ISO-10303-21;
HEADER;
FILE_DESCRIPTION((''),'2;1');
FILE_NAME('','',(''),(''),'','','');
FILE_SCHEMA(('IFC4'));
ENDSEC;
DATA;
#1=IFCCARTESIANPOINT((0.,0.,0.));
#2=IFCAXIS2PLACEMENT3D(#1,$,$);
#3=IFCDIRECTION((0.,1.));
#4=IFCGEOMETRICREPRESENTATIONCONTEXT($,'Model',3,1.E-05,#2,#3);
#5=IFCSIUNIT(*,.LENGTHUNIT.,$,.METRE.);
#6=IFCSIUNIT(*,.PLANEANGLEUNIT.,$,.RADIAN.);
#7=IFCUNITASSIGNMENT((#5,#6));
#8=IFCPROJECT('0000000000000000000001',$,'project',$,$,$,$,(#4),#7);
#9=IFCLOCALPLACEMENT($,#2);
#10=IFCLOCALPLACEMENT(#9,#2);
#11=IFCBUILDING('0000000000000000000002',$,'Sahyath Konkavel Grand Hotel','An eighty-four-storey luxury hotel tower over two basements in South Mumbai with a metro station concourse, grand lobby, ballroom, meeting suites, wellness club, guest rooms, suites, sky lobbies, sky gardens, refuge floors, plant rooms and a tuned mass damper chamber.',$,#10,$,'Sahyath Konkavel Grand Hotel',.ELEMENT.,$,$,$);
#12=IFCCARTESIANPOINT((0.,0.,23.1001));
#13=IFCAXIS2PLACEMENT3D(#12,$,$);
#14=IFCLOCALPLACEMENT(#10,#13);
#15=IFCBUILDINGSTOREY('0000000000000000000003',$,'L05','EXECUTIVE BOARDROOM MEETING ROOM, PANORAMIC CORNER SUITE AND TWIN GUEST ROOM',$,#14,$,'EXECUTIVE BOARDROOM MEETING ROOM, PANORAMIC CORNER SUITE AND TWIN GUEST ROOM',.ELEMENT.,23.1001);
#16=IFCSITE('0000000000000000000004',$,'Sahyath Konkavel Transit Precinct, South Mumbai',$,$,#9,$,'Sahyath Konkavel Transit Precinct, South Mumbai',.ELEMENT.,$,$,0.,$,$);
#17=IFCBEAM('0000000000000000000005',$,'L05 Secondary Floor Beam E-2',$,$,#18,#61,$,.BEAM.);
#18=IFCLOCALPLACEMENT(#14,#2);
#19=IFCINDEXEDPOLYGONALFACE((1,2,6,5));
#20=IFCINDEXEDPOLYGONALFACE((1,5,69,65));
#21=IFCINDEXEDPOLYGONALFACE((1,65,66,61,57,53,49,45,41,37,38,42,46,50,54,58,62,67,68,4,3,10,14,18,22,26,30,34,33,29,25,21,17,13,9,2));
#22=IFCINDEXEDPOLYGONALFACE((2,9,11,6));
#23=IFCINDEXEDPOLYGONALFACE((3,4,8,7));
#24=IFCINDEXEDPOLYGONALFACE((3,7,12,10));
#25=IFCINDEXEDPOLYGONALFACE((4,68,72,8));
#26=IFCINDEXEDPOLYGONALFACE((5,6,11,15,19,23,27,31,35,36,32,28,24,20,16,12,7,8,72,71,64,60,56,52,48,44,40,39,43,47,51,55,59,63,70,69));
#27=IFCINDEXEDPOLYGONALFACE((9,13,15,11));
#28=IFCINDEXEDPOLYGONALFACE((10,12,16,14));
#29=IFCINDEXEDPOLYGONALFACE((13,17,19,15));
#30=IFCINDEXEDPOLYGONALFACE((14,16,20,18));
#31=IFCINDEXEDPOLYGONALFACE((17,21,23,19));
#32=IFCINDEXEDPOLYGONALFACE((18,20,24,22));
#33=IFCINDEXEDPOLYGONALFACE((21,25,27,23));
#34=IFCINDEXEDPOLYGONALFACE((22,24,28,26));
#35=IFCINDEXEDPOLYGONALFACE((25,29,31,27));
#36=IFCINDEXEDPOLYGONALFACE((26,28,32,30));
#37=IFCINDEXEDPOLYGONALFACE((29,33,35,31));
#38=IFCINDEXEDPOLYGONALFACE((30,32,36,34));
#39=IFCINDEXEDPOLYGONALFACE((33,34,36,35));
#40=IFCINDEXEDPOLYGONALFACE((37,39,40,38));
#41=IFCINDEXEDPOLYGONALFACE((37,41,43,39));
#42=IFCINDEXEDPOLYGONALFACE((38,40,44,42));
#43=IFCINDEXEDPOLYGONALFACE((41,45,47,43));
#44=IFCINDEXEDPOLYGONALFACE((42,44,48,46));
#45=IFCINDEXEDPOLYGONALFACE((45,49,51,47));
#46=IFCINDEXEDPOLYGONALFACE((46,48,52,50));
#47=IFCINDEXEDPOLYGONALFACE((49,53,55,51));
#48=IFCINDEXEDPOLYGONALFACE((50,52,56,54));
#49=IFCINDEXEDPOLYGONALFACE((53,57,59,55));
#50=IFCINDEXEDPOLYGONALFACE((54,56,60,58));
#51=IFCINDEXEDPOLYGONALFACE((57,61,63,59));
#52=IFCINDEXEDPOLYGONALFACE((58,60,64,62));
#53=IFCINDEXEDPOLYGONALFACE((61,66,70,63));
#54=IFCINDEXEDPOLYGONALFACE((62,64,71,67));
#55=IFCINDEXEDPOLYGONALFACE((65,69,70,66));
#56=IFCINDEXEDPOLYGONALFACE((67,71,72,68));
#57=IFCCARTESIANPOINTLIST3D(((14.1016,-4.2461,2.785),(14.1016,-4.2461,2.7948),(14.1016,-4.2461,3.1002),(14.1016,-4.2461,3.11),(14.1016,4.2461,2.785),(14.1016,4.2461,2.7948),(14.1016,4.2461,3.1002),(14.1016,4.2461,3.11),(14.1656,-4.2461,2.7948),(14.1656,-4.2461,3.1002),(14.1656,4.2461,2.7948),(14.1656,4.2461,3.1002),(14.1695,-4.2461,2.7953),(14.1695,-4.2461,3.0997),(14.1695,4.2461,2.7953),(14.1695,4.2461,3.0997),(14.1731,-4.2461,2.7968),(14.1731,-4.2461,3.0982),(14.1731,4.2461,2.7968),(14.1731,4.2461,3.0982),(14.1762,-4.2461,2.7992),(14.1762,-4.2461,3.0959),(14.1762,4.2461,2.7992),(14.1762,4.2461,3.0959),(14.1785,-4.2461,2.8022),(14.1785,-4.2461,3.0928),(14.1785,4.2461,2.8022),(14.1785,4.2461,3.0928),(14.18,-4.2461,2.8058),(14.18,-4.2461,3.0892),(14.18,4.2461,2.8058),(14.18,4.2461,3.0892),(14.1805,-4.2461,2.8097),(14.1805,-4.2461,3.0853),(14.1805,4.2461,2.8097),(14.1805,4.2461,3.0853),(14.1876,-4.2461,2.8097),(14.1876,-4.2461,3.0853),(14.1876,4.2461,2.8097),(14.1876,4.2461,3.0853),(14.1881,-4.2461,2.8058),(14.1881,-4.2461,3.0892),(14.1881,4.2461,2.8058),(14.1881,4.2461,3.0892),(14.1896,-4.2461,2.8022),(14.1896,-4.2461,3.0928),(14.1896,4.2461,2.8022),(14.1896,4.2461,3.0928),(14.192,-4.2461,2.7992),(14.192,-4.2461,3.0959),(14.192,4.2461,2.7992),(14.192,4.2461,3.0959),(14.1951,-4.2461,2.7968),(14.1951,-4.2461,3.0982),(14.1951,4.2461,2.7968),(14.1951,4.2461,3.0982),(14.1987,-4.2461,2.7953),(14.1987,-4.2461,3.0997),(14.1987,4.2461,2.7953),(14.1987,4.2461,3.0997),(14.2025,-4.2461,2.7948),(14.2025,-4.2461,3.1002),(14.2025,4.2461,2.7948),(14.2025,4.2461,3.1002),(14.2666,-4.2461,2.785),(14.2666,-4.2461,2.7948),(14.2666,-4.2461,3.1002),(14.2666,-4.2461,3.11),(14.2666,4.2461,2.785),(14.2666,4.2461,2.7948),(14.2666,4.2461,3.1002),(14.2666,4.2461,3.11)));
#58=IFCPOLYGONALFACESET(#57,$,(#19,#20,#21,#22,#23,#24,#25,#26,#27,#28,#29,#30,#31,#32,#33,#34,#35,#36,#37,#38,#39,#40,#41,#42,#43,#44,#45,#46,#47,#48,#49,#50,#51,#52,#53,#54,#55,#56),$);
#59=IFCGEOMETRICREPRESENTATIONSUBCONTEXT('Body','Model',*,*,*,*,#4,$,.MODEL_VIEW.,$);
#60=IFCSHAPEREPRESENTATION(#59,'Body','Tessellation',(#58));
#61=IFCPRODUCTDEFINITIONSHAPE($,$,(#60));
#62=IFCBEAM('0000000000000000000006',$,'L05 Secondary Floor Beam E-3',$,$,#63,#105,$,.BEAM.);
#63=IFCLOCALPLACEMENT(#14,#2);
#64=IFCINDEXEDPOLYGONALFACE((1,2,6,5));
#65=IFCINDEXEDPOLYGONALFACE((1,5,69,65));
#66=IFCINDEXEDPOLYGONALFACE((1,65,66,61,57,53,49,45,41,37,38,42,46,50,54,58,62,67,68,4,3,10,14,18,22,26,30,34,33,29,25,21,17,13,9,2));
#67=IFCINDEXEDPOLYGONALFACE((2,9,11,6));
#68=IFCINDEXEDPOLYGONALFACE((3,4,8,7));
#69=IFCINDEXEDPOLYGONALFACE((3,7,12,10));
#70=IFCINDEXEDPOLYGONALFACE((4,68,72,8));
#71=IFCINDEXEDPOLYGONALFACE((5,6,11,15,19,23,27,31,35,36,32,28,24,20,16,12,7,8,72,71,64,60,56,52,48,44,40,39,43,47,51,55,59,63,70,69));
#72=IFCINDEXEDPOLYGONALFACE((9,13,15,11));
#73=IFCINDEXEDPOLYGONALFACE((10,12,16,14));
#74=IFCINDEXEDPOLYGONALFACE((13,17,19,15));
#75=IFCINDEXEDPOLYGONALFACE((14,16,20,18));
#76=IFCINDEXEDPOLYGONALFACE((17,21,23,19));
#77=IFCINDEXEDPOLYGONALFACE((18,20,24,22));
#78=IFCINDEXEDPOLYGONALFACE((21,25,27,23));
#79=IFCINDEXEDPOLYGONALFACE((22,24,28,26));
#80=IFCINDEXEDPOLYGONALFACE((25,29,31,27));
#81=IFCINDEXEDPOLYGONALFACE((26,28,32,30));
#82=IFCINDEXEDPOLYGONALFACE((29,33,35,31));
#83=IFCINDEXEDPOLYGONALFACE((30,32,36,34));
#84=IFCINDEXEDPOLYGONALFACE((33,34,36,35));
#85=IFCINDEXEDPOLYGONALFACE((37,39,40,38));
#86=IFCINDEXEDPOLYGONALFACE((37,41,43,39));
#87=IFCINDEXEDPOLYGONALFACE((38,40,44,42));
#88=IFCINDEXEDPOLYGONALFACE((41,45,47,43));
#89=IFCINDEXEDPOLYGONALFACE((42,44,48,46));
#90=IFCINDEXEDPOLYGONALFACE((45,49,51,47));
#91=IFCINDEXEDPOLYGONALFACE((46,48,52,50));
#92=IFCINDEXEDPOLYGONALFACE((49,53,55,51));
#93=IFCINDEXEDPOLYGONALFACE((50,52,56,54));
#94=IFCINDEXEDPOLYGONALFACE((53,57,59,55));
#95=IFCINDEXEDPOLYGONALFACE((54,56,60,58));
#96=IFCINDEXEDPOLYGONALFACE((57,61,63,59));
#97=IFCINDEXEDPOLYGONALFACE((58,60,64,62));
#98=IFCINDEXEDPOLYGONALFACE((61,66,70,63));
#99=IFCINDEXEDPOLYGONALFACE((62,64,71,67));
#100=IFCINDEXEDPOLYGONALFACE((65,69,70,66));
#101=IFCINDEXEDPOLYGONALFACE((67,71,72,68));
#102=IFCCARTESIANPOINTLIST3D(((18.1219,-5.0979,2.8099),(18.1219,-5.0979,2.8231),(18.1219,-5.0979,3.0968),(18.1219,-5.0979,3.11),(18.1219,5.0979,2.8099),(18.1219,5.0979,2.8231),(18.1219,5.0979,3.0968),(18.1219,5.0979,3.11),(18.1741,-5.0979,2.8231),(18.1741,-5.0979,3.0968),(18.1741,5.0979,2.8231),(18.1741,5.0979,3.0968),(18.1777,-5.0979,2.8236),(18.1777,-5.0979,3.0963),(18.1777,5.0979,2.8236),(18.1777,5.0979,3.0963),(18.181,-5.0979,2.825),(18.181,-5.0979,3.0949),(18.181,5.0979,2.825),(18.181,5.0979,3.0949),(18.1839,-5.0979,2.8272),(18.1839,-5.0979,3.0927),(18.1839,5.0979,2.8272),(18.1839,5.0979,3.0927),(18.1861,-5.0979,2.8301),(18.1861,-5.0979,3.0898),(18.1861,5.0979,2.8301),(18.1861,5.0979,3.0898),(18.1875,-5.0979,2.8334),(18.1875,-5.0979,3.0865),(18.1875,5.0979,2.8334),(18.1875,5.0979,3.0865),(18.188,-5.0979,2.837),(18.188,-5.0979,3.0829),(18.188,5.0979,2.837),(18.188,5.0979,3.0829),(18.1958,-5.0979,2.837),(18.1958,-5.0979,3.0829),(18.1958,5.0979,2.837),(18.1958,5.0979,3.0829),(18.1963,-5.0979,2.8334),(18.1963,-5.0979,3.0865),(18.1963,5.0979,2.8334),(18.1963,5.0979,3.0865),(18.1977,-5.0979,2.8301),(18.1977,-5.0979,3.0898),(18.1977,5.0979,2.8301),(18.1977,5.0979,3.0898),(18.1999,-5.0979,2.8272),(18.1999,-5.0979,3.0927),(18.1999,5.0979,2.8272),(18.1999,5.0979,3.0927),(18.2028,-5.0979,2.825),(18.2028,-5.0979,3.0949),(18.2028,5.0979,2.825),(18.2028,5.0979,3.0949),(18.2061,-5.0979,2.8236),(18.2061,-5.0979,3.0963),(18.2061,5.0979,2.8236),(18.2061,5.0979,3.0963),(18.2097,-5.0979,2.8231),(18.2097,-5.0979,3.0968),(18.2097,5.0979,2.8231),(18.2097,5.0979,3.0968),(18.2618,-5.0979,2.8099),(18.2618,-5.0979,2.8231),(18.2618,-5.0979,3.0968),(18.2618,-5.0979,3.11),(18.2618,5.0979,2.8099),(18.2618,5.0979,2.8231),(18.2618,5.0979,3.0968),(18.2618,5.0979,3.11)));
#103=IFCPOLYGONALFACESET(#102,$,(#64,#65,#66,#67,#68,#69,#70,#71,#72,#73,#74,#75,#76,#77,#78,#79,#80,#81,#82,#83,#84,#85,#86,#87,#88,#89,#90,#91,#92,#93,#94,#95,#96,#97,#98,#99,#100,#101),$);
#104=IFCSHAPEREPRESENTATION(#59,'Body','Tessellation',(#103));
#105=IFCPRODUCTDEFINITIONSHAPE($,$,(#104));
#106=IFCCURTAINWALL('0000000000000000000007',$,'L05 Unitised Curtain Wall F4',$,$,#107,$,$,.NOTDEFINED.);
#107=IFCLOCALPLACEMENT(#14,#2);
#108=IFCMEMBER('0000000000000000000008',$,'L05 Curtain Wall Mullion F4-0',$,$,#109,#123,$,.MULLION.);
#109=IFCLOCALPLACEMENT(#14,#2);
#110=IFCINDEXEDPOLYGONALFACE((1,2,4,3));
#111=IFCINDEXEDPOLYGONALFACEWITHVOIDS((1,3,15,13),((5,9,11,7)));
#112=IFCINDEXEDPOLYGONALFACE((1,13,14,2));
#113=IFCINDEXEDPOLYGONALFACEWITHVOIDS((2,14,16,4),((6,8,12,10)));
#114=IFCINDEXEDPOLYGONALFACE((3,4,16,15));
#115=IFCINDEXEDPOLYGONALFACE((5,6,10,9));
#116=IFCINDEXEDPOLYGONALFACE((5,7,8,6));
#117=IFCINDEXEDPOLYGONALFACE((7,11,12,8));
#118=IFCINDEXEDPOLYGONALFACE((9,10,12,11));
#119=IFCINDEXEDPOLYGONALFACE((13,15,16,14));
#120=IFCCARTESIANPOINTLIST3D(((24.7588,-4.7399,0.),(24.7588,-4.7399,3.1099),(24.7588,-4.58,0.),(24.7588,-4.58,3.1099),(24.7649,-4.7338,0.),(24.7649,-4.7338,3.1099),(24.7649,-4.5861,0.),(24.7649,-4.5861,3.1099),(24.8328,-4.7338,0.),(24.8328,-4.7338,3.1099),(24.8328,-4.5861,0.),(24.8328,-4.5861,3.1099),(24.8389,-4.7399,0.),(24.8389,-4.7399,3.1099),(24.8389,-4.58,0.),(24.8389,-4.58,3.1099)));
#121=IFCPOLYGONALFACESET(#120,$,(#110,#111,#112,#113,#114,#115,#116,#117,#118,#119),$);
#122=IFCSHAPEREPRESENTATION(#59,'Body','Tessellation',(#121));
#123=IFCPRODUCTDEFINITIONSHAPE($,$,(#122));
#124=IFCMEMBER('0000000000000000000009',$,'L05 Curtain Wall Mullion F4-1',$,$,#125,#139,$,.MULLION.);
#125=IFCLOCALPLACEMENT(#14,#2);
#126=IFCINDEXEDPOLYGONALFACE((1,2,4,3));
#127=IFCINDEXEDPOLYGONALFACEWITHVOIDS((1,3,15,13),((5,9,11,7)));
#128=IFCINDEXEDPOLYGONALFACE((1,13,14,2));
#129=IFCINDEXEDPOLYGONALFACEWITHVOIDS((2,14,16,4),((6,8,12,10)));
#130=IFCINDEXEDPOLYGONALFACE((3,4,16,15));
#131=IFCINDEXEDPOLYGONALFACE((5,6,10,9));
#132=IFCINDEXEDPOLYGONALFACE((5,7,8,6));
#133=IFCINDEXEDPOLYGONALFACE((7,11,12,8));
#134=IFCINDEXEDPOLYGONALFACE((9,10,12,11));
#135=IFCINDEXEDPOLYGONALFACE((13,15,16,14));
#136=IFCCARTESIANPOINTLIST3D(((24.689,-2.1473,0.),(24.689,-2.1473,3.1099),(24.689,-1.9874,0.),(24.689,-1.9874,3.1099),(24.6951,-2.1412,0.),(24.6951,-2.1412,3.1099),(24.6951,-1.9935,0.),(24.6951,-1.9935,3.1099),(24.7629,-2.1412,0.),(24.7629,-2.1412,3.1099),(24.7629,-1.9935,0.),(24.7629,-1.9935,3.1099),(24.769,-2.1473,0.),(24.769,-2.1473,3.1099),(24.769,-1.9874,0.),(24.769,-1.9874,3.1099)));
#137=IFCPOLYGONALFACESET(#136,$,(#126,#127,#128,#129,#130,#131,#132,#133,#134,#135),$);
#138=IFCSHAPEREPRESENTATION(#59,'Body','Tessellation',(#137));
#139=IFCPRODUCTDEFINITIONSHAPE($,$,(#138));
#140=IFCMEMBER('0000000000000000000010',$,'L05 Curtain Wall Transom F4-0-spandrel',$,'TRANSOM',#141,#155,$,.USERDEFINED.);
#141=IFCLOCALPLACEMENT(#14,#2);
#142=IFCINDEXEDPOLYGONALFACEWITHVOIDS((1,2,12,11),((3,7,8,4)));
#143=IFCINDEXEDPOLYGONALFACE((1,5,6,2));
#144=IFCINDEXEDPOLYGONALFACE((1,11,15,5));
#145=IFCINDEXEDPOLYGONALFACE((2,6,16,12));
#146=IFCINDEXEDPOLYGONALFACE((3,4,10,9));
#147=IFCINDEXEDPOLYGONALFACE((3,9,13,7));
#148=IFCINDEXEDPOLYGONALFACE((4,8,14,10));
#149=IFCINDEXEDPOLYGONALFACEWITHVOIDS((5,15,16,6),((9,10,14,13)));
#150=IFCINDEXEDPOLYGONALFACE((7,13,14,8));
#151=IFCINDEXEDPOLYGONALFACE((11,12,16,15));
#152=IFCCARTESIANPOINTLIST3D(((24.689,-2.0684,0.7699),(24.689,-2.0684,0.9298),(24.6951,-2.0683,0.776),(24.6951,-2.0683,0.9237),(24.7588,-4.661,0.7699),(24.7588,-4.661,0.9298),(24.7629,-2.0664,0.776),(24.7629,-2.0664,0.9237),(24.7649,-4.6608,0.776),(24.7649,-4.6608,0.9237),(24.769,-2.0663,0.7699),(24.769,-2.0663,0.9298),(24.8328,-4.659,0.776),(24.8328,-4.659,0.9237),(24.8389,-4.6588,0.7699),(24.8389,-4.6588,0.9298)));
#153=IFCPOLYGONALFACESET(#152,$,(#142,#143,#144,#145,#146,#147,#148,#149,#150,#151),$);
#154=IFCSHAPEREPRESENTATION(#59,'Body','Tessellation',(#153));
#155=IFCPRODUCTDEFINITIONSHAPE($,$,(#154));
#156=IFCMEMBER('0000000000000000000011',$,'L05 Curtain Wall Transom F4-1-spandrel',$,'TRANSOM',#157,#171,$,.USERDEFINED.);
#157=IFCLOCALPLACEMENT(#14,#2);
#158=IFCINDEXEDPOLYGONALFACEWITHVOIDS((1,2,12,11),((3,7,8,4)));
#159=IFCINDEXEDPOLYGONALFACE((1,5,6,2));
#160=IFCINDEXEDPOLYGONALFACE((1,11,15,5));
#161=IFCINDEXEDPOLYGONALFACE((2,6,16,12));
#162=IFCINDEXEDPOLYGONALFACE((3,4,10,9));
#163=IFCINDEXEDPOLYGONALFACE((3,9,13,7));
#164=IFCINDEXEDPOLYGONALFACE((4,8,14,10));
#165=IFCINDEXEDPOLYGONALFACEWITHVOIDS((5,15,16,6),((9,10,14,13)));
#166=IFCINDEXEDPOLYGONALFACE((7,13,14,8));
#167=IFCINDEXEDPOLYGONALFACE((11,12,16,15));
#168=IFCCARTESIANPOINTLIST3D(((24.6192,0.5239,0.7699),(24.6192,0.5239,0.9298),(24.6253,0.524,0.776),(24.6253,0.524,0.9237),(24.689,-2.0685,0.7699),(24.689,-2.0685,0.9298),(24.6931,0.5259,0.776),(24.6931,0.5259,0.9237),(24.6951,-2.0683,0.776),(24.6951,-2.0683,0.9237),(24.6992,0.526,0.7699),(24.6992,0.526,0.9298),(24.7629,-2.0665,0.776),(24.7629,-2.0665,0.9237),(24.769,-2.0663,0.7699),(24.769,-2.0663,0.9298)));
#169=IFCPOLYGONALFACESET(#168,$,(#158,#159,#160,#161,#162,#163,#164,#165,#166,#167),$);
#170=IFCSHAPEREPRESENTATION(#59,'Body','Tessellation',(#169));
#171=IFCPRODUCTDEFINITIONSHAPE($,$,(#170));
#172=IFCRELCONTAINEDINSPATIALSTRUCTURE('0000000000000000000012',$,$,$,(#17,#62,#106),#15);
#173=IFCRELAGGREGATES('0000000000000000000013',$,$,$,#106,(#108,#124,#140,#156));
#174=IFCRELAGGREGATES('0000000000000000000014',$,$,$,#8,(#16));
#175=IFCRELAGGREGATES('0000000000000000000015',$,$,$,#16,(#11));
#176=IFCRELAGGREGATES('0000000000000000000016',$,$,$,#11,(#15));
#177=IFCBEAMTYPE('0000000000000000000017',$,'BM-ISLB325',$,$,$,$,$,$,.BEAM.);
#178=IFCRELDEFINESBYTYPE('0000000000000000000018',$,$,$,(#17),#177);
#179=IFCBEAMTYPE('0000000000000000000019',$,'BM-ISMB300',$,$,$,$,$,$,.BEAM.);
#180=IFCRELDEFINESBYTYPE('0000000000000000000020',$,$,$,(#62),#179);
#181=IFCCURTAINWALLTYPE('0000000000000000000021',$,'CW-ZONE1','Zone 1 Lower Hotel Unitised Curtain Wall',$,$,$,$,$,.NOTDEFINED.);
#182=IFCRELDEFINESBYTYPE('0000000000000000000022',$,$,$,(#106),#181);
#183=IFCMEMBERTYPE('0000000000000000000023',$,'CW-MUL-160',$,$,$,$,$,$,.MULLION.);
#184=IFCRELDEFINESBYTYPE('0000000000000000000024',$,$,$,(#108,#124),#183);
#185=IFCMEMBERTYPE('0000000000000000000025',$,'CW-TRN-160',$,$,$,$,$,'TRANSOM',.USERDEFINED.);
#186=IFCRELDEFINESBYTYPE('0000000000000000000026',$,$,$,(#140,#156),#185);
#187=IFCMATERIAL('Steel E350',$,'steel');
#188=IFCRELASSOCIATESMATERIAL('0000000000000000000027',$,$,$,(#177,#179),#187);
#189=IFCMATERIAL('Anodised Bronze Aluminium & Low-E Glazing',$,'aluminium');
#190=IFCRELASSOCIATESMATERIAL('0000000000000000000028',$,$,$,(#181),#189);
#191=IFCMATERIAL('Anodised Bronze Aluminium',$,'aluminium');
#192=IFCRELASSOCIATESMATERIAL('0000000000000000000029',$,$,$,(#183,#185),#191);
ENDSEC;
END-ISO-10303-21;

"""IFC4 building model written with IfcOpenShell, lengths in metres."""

from ifc_helpers import new_model, si_unit, direction, frame, origin, origin_2d, place, context, subcontext, project, spatial, hollow_rectangle, i_section, extrude, source, transform, mapped, material, material_profile, profile_set, type_object, element, aggregate, save


model = new_model("IFC4")

# Units and contexts
model_context = context("Model", 3, precision=1e-05, world=origin(), true_north=direction((0.0, 1.0)))
body_context = subcontext(model_context, "Body", "Model", "MODEL_VIEW")
ifc_project = project(units=[si_unit("LENGTHUNIT", "METRE"), si_unit("PLANEANGLEUNIT", "RADIAN")], contexts=[model_context])

# Site, building, storey
site_placement = place(None, origin())
site = spatial("IfcSite", under=ifc_project, at=site_placement, Name="Sahyath Konkavel Transit Precinct, South Mumbai", LongName="Sahyath Konkavel Transit Precinct, South Mumbai", CompositionType="ELEMENT", RefElevation=0.0)
building_placement = place(site_placement, origin())
building = spatial("IfcBuilding", under=site, at=building_placement, Name="Sahyath Konkavel Grand Hotel", Description="An eighty-four-storey luxury hotel tower over two basements in South Mumbai with a metro station concourse, grand lobby, ballroom, meeting suites, wellness club, guest rooms, suites, sky lobbies, sky gardens, refuge floors, plant rooms and a tuned mass damper chamber.", LongName="Sahyath Konkavel Grand Hotel", CompositionType="ELEMENT")
storey_placement = place(building_placement, frame((0.0, 0.0, 23.1001)))
storey = spatial("IfcBuildingStorey", under=building, at=storey_placement, Name="L05", Description="EXECUTIVE BOARDROOM MEETING ROOM, PANORAMIC CORNER SUITE AND TWIN GUEST ROOM", LongName="EXECUTIVE BOARDROOM MEETING ROOM, PANORAMIC CORNER SUITE AND TWIN GUEST ROOM", CompositionType="ELEMENT", Elevation=23.1001)

# Beams
ifc_material_1 = material(Name="Steel E350", Category="steel")
ifc_material_profile_1 = material_profile(ifc_material_1, i_section(OverallWidth=0.165, OverallDepth=0.325, WebThickness=0.0071, FlangeThickness=0.0098, FilletRadius=0.0149, at=origin_2d()), Name="ISLB 325")
ifc_profile_set_1 = profile_set([ifc_material_profile_1], Name="Steel E350")
beam_type_1 = type_object("IfcBeamType", Name="BM-ISLB325", PredefinedType="BEAM", material=ifc_profile_set_1)
shared_shape_1 = source(origin(), body_context, "Body", "SweptSolid", [
    extrude(i_section(OverallWidth=0.165, OverallDepth=0.325, WebThickness=0.0071, FlangeThickness=0.0098, FilletRadius=0.0149, at=origin_2d()), origin(), (0.0, 0.0, 1.0), 8.4922),
])
beam_1_placement = place(storey_placement, frame((14.1841, -4.2461, 2.9475), z_axis=(0.0, 1.0, 0.0), x_axis=(-1.0, 0.0, 0.0)))
element("IfcBeam", 1, at=beam_1_placement, inside=storey, type_object=beam_type_1, Name="L05 Secondary Floor Beam E-2", PredefinedType="BEAM", context=body_context, shape_type="MappedRepresentation", body=[
    mapped(shared_shape_1, transform((0.0, 0.0, 0.0), scale=1.0)),
])
ifc_material_profile_2 = material_profile(ifc_material_1, i_section(OverallWidth=0.1399, OverallDepth=0.3, WebThickness=0.0078, FlangeThickness=0.0132, FilletRadius=0.0139, at=origin_2d()), Name="ISMB 300")
ifc_profile_set_2 = profile_set([ifc_material_profile_2], Name="Steel E350")
beam_type_2 = type_object("IfcBeamType", Name="BM-ISMB300", PredefinedType="BEAM", material=ifc_profile_set_2)
shared_shape_2 = source(origin(), body_context, "Body", "SweptSolid", [
    extrude(i_section(OverallWidth=0.1399, OverallDepth=0.3, WebThickness=0.0078, FlangeThickness=0.0132, FilletRadius=0.0139, at=origin_2d()), origin(), (0.0, 0.0, 1.0), 10.1958),
])
beam_2_placement = place(storey_placement, frame((18.1919, -5.0979, 2.96), z_axis=(0.0, 1.0, 0.0), x_axis=(-1.0, 0.0, 0.0)))
element("IfcBeam", 2, at=beam_2_placement, inside=storey, type_object=beam_type_2, Name="L05 Secondary Floor Beam E-3", PredefinedType="BEAM", context=body_context, shape_type="MappedRepresentation", body=[
    mapped(shared_shape_2, transform((0.0, 0.0, 0.0), scale=1.0)),
])

# Curtain wall, members
ifc_material_2 = material(Name="Anodised Bronze Aluminium & Low-E Glazing", Category="aluminium")
curtain_wall_type = type_object("IfcCurtainWallType", Name="CW-ZONE1", Description="Zone 1 Lower Hotel Unitised Curtain Wall", PredefinedType="NOTDEFINED", material=ifc_material_2)
curtain_wall_placement = place(storey_placement, origin())
curtain_wall = element("IfcCurtainWall", 3, at=curtain_wall_placement, inside=storey, type_object=curtain_wall_type, Name="L05 Unitised Curtain Wall F4", PredefinedType="NOTDEFINED")
ifc_material_3 = material(Name="Anodised Bronze Aluminium", Category="aluminium")
ifc_material_profile_3 = material_profile(ifc_material_3, hollow_rectangle(XDim=0.0801, YDim=0.1599, WallThickness=0.0061, at=origin_2d()), Name="RHS 160x80x6")
ifc_profile_set_3 = profile_set([ifc_material_profile_3], Name="Anodised Bronze Aluminium")
member_type_1 = type_object("IfcMemberType", Name="CW-MUL-160", PredefinedType="MULLION", material=ifc_profile_set_3)
shared_shape_3 = source(origin(), body_context, "Body", "SweptSolid", [
    extrude(hollow_rectangle(XDim=0.0801, YDim=0.1599, WallThickness=0.0061, at=origin_2d()), origin(), (0.0, 0.0, 1.0), 3.1099),
])
member_1_placement = place(storey_placement, frame((24.7988, -4.6599, 0.0), z_axis=(0.0, 0.0, 1.0), x_axis=(1.0, 0.0, 0.0)))
member_1 = element("IfcMember", 4, at=member_1_placement, type_object=member_type_1, Name="L05 Curtain Wall Mullion F4-0", PredefinedType="MULLION", context=body_context, shape_type="MappedRepresentation", body=[
    mapped(shared_shape_3, transform((0.0, 0.0, 0.0), scale=1.0)),
])
member_2_placement = place(storey_placement, frame((24.729, -2.0674, 0.0), z_axis=(0.0, 0.0, 1.0), x_axis=(1.0, 0.0, 0.0)))
member_2 = element("IfcMember", 5, at=member_2_placement, type_object=member_type_1, Name="L05 Curtain Wall Mullion F4-1", PredefinedType="MULLION", context=body_context, shape_type="MappedRepresentation", body=[
    mapped(shared_shape_3, transform((0.0, 0.0, 0.0), scale=1.0)),
])
ifc_material_profile_4 = material_profile(ifc_material_3, hollow_rectangle(XDim=0.0801, YDim=0.1599, WallThickness=0.0061, at=origin_2d()), Name="RHS 160x80x6")
ifc_profile_set_4 = profile_set([ifc_material_profile_4], Name="Anodised Bronze Aluminium")
member_type_2 = type_object("IfcMemberType", Name="CW-TRN-160", ElementType="TRANSOM", PredefinedType="USERDEFINED", material=ifc_profile_set_4)
shared_shape_4 = source(origin(), body_context, "Body", "SweptSolid", [
    extrude(hollow_rectangle(XDim=0.0801, YDim=0.1599, WallThickness=0.0061, at=origin_2d()), origin(), (0.0, 0.0, 1.0), 2.5935),
])
member_3_placement = place(storey_placement, frame((24.7988, -4.6599, 0.8499), z_axis=(-0.026923, 0.999638, 0.0), x_axis=(-0.999638, -0.026923, 0.0)))
member_3 = element("IfcMember", 6, at=member_3_placement, type_object=member_type_2, Name="L05 Curtain Wall Transom F4-0-spandrel", ObjectType="TRANSOM", PredefinedType="USERDEFINED", context=body_context, shape_type="MappedRepresentation", body=[
    mapped(shared_shape_4, transform((0.0, 0.0, 0.0), scale=1.0)),
])
shared_shape_5 = source(origin(), body_context, "Body", "SweptSolid", [
    extrude(hollow_rectangle(XDim=0.0801, YDim=0.1599, WallThickness=0.0061, at=origin_2d()), origin(), (0.0, 0.0, 1.0), 2.5933),
])
member_4_placement = place(storey_placement, frame((24.729, -2.0674, 0.8499), z_axis=(-0.026926, 0.999637, 0.0), x_axis=(-0.999637, -0.026926, 0.0)))
member_4 = element("IfcMember", 7, at=member_4_placement, type_object=member_type_2, Name="L05 Curtain Wall Transom F4-1-spandrel", ObjectType="TRANSOM", PredefinedType="USERDEFINED", context=body_context, shape_type="MappedRepresentation", body=[
    mapped(shared_shape_5, transform((0.0, 0.0, 0.0), scale=1.0)),
])
aggregate(curtain_wall, [member_1, member_2, member_3, member_4])

save(model, "model.ifc")
